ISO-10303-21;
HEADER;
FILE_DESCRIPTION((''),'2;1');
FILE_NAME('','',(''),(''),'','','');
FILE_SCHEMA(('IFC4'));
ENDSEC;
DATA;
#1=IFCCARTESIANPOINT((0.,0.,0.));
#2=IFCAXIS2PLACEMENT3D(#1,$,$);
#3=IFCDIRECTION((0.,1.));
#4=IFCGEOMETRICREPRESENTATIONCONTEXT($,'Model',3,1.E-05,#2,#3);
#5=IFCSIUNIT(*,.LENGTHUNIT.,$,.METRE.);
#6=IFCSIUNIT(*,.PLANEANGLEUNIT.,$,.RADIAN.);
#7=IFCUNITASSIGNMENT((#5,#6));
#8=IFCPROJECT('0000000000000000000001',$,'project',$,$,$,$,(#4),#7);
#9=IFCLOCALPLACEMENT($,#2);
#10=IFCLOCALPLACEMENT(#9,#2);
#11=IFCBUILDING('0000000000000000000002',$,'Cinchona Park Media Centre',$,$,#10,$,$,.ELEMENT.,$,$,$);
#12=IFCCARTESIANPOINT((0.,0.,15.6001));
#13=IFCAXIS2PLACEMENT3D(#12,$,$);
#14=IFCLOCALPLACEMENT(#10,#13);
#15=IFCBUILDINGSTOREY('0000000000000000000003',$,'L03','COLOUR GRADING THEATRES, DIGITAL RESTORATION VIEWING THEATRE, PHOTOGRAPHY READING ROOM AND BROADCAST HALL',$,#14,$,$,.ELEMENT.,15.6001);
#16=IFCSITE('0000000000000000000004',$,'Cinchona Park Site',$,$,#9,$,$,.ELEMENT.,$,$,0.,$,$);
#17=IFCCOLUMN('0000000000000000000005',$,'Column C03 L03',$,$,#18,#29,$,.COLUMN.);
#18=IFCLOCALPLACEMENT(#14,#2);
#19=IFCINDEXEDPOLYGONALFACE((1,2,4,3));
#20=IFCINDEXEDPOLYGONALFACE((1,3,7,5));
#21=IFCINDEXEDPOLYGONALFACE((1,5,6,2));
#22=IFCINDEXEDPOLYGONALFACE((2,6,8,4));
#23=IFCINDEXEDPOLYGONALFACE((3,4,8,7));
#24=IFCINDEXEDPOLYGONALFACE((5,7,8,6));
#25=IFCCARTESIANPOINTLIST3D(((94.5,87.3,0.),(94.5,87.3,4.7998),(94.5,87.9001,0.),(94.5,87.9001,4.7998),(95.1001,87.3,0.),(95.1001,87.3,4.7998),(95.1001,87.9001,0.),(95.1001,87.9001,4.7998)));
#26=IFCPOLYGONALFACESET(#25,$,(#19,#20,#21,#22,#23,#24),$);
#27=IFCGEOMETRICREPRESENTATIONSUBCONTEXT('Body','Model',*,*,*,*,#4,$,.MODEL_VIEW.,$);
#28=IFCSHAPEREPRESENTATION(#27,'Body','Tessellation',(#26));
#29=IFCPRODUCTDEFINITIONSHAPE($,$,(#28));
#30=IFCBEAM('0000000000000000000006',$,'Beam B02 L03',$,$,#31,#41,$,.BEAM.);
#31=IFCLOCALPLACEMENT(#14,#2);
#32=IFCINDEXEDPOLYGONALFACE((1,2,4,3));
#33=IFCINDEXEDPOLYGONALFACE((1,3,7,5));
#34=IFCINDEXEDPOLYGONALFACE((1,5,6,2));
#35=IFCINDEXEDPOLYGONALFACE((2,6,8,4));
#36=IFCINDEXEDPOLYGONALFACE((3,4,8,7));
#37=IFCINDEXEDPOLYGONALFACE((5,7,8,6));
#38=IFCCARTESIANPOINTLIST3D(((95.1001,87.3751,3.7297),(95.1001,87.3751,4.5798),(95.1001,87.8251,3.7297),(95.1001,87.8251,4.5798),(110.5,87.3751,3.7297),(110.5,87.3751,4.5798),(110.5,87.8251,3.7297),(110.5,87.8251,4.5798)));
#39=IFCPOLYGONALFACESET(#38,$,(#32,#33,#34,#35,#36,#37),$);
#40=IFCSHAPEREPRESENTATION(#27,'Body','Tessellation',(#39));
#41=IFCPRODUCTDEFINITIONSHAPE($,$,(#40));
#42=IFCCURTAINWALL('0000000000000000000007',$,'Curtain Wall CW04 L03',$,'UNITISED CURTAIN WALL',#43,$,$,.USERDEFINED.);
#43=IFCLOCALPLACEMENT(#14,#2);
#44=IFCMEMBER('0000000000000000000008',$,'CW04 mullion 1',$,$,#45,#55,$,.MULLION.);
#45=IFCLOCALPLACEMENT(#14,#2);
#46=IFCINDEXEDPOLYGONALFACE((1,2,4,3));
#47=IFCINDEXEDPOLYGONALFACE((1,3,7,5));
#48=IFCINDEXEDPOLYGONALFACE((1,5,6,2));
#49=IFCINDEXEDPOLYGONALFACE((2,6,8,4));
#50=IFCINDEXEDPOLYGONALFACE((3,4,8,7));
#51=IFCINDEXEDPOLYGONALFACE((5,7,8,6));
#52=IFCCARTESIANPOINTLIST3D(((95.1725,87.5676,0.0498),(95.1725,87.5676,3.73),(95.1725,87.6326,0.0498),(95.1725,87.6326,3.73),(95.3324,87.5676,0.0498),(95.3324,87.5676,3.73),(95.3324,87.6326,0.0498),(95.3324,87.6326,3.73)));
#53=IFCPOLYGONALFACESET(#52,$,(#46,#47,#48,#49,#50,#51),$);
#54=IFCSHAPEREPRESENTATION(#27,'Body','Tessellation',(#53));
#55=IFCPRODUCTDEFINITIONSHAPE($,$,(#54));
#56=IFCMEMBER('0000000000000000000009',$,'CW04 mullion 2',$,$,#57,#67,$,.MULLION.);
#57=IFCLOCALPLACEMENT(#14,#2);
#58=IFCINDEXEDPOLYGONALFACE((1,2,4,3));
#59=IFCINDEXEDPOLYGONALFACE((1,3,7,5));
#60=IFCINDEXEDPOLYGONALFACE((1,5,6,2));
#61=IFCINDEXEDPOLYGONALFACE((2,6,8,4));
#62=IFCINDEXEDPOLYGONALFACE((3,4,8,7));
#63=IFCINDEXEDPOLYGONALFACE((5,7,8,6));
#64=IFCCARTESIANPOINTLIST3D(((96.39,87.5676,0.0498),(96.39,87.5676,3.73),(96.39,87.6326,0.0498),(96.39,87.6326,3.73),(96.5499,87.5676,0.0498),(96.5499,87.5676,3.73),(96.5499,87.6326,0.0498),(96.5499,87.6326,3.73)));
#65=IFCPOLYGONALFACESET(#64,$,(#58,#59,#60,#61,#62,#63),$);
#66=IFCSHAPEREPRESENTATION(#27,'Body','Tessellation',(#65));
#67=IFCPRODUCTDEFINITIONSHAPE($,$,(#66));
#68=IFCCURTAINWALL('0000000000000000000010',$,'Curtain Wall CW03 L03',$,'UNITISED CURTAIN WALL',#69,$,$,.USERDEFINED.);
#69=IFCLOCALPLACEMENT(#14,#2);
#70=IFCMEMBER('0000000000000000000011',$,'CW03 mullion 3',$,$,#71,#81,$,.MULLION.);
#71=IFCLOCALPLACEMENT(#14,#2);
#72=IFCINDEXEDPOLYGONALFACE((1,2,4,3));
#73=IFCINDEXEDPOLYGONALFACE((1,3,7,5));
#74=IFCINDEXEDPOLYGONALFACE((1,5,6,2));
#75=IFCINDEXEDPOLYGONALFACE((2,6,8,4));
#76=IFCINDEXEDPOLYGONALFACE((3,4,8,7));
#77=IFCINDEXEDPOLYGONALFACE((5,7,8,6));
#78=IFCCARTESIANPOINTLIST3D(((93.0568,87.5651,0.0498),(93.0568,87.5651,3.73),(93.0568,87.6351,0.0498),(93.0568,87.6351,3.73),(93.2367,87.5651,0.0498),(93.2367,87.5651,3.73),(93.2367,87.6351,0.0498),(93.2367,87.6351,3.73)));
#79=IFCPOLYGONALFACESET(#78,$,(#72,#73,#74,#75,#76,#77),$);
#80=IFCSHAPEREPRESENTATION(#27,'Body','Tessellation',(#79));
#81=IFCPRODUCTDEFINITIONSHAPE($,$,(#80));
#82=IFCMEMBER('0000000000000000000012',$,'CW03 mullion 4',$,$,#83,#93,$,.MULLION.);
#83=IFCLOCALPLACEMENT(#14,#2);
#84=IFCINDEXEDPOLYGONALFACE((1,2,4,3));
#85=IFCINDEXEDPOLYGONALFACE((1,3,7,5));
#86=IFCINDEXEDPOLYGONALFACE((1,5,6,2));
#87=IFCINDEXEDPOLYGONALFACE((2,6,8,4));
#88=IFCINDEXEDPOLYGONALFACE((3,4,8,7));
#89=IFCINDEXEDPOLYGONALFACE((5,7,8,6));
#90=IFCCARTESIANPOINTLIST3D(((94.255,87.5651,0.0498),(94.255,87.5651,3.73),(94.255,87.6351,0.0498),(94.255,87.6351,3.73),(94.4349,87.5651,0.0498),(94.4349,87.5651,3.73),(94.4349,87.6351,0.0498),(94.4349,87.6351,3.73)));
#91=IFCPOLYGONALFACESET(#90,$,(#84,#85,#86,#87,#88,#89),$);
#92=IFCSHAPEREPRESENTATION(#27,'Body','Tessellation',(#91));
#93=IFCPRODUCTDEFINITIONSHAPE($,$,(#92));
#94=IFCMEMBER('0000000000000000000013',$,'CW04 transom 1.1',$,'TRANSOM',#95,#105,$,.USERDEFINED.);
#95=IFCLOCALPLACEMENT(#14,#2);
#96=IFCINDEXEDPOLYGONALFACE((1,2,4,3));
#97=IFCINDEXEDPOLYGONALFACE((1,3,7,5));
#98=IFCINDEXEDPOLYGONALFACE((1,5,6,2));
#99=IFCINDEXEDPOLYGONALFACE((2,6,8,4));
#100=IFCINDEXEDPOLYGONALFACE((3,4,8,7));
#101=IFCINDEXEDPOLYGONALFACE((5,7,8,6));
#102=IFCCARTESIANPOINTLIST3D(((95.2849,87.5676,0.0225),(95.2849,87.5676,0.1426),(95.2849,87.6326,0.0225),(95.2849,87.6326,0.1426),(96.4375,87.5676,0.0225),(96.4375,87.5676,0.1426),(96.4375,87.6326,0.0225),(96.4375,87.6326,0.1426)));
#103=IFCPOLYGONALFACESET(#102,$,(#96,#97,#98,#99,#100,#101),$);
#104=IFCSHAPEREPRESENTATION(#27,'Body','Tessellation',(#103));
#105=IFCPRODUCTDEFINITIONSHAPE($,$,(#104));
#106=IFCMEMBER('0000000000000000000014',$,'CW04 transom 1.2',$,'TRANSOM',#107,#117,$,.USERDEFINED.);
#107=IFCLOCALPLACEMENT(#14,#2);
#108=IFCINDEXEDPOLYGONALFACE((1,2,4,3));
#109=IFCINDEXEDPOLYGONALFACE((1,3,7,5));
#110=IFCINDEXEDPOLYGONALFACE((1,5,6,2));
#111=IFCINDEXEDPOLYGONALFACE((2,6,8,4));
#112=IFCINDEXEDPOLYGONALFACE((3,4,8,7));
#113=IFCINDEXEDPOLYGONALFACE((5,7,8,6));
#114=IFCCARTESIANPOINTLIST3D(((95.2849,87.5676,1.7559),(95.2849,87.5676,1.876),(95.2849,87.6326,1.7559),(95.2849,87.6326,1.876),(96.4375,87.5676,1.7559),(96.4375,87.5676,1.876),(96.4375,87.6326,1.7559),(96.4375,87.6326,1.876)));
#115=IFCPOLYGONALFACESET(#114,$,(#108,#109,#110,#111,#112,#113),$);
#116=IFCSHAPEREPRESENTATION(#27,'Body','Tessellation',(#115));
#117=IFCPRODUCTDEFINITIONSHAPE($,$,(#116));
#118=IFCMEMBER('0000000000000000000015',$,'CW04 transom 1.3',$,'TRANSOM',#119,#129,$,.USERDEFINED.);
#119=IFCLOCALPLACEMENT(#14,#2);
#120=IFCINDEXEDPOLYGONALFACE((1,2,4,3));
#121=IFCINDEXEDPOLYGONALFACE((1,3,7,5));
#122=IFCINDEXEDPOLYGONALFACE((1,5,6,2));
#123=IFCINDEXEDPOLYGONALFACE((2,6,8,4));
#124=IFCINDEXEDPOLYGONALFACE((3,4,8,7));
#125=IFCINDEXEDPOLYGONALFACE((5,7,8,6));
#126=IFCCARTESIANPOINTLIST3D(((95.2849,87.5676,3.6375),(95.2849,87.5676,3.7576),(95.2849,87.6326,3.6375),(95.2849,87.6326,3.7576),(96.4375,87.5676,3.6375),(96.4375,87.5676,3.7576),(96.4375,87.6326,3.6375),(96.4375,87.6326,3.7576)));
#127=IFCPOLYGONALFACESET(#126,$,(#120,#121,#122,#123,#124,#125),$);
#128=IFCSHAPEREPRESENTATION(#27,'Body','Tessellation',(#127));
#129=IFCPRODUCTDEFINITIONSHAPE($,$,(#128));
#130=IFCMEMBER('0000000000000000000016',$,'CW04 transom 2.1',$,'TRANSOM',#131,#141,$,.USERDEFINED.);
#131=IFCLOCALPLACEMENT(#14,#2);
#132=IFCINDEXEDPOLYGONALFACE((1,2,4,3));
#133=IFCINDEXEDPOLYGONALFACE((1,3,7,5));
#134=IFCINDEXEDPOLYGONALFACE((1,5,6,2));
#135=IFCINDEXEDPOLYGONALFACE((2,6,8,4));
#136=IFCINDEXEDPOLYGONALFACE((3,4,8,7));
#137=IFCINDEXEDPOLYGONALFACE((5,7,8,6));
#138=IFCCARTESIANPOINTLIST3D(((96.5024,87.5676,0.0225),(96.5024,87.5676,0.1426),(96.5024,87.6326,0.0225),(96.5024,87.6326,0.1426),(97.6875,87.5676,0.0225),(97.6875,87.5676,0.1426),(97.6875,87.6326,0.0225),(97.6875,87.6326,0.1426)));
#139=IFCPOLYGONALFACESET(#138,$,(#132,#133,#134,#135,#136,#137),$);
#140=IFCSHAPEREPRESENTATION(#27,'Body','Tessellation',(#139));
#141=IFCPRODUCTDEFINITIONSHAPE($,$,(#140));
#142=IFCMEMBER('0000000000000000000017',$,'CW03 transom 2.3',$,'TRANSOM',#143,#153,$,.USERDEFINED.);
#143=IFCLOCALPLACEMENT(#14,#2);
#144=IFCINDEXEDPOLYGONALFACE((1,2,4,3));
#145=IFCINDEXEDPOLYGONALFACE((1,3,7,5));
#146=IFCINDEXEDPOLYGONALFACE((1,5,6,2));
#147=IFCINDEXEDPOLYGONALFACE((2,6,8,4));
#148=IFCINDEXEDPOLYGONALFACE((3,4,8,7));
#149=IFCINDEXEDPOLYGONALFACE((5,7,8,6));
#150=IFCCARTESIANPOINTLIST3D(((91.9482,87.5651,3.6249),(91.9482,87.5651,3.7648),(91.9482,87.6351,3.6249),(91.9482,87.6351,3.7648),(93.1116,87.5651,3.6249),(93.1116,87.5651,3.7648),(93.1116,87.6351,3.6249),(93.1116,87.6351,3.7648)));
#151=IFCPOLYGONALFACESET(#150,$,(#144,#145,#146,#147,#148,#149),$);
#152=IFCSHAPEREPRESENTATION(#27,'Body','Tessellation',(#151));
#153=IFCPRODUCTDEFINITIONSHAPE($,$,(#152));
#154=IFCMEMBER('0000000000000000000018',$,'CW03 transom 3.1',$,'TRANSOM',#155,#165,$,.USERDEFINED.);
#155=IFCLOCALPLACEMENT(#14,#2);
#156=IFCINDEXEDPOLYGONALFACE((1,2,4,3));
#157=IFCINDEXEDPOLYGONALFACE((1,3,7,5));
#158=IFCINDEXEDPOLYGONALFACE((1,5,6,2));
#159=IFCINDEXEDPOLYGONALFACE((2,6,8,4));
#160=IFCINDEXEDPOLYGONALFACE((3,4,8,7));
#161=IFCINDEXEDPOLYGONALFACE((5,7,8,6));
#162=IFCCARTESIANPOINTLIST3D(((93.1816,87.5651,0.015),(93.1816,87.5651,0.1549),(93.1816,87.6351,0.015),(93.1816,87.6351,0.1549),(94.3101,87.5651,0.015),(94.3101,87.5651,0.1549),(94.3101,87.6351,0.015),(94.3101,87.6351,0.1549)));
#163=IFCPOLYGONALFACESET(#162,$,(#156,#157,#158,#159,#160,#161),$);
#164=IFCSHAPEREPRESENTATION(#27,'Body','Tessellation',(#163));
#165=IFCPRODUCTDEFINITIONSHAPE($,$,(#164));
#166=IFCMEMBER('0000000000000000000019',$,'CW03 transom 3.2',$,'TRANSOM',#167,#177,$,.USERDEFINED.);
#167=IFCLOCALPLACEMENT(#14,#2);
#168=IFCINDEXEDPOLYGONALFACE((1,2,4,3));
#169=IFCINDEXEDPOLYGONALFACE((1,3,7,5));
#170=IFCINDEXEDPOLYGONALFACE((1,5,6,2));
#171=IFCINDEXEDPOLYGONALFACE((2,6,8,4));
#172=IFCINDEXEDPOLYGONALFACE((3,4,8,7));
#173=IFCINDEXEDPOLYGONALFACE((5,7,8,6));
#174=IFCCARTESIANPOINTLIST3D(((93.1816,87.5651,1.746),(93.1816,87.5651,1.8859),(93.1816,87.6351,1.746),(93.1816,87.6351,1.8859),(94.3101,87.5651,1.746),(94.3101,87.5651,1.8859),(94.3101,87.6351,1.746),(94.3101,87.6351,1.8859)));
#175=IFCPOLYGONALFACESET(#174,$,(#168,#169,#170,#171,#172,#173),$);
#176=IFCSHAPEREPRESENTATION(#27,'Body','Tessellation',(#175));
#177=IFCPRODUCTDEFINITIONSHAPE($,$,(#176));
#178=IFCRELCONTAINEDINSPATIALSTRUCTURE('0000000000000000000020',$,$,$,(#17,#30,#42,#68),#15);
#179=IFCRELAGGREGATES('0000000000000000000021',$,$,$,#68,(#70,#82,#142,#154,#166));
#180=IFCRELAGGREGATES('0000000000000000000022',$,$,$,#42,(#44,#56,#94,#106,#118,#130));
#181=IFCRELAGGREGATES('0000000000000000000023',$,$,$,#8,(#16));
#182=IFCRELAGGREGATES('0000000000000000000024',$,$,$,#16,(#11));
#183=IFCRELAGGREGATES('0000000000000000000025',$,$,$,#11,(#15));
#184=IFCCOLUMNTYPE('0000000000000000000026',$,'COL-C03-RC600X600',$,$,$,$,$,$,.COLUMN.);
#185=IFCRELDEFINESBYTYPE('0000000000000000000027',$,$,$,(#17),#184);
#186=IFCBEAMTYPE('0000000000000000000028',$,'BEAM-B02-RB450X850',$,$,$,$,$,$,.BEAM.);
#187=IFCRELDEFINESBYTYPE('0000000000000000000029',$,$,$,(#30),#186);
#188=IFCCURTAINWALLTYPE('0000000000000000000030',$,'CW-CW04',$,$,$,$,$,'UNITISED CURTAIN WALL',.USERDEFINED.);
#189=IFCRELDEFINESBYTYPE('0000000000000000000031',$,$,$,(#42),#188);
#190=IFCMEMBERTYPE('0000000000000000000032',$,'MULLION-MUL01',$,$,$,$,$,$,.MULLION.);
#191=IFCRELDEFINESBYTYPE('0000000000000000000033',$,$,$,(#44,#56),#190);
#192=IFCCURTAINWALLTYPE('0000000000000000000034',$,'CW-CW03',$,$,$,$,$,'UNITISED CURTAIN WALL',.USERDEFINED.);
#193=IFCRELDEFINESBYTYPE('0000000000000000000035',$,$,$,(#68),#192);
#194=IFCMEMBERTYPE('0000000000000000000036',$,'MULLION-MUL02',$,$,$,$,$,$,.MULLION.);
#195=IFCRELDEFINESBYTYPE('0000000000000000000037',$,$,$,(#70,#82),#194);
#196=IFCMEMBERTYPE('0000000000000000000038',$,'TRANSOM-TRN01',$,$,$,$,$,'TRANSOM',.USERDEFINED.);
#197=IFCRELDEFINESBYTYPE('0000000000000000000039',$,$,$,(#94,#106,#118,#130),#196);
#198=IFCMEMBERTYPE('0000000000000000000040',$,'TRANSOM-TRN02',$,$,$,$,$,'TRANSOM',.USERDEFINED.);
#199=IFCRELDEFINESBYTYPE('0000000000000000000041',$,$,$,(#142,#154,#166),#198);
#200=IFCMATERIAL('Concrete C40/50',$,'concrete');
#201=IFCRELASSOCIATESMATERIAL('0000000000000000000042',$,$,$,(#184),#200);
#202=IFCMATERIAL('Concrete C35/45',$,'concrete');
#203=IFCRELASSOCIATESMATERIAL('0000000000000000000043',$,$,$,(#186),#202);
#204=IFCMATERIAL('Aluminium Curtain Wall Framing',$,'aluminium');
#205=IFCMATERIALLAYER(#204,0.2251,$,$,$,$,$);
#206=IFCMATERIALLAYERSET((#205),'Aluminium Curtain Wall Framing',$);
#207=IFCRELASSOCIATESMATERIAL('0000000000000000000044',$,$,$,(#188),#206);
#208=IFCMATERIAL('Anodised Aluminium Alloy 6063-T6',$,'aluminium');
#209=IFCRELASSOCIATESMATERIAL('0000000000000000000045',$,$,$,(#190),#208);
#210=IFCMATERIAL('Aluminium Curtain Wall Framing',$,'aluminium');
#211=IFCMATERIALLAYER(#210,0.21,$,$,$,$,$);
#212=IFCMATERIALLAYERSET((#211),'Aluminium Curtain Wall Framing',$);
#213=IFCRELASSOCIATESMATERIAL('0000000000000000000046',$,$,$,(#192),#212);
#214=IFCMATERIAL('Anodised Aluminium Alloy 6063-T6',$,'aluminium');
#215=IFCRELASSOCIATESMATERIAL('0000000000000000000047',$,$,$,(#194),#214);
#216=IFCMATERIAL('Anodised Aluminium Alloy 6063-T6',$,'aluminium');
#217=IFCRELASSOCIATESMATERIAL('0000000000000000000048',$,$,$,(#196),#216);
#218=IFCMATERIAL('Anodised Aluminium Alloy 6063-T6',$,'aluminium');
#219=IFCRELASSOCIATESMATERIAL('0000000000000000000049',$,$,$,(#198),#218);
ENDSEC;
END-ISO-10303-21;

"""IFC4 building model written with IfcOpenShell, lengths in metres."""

from ifc_helpers import new_model, si_unit, direction, frame, origin, origin_2d, place, context, subcontext, project, spatial, rectangle, extrude, material, layer, layer_set, material_profile, profile_set, type_object, element, aggregate, save


model = new_model("IFC4")

# Units and contexts
model_context = context("Model", 3, precision=1e-05, world=origin(), true_north=direction((0.0, 1.0)))
body_context = subcontext(model_context, "Body", "Model", "MODEL_VIEW")
ifc_project = project(units=[si_unit("LENGTHUNIT", "METRE"), si_unit("PLANEANGLEUNIT", "RADIAN")], contexts=[model_context])

# Site, building, storey
site_placement = place(None, origin())
site = spatial("IfcSite", under=ifc_project, at=site_placement, Name="Cinchona Park Site", CompositionType="ELEMENT", RefElevation=0.0)
building_placement = place(site_placement, origin())
building = spatial("IfcBuilding", under=site, at=building_placement, Name="Cinchona Park Media Centre", CompositionType="ELEMENT")
storey_placement = place(building_placement, frame((0.0, 0.0, 15.6001)))
storey = spatial("IfcBuildingStorey", under=building, at=storey_placement, Name="L03", Description="COLOUR GRADING THEATRES, DIGITAL RESTORATION VIEWING THEATRE, PHOTOGRAPHY READING ROOM AND BROADCAST HALL", CompositionType="ELEMENT", Elevation=15.6001)

# Column
ifc_material_1 = material(Name="Concrete C40/50", Category="concrete")
ifc_material_profile_1 = material_profile(ifc_material_1, rectangle(XDim=0.6001, YDim=0.6001, at=origin_2d()), Name="RC 600X600")
ifc_profile_set_1 = profile_set([ifc_material_profile_1], Name="Concrete C40/50")
column_type = type_object("IfcColumnType", Name="COL-C03-RC600X600", PredefinedType="COLUMN", material=ifc_profile_set_1)
column_placement = place(storey_placement, frame((94.8, 87.6001, 0.0), z_axis=(0.0, 0.0, 1.0), x_axis=(1.0, 0.0, 0.0)))
element("IfcColumn", 1, at=column_placement, inside=storey, type_object=column_type, Name="Column C03 L03", PredefinedType="COLUMN", context=body_context, shape_type="SweptSolid", body=[
    extrude(rectangle(XDim=0.6001, YDim=0.6001, at=origin_2d()), origin(), (0.0, 0.0, 1.0), 4.7998),
])

# Beam
ifc_material_2 = material(Name="Concrete C35/45", Category="concrete")
ifc_material_profile_2 = material_profile(ifc_material_2, rectangle(XDim=0.45, YDim=0.8501, at=origin_2d()), Name="RB 450X850")
ifc_profile_set_2 = profile_set([ifc_material_profile_2], Name="Concrete C35/45")
beam_type = type_object("IfcBeamType", Name="BEAM-B02-RB450X850", PredefinedType="BEAM", material=ifc_profile_set_2)
beam_placement = place(storey_placement, frame((95.1001, 87.6001, 4.1548), z_axis=(1.0, 0.0, 0.0), x_axis=(0.0, 1.0, 0.0)))
element("IfcBeam", 2, at=beam_placement, inside=storey, type_object=beam_type, Name="Beam B02 L03", PredefinedType="BEAM", context=body_context, shape_type="SweptSolid", body=[
    extrude(rectangle(XDim=0.45, YDim=0.8501, at=origin_2d()), origin(), (0.0, 0.0, 1.0), 15.3999),
])

# Curtain walls, members
ifc_material_3 = material(Name="Aluminium Curtain Wall Framing", Category="aluminium")
ifc_layer_1 = layer(ifc_material_3, 0.2251)
ifc_layer_set_1 = layer_set([ifc_layer_1], Name="Aluminium Curtain Wall Framing")
curtain_wall_type_1 = type_object("IfcCurtainWallType", Name="CW-CW04", ElementType="UNITISED CURTAIN WALL", PredefinedType="USERDEFINED", material=ifc_layer_set_1)
curtain_wall_1_placement = place(storey_placement, origin())
curtain_wall_1 = element("IfcCurtainWall", 3, at=curtain_wall_1_placement, inside=storey, type_object=curtain_wall_type_1, Name="Curtain Wall CW04 L03", ObjectType="UNITISED CURTAIN WALL", PredefinedType="USERDEFINED")
ifc_material_4 = material(Name="Anodised Aluminium Alloy 6063-T6", Category="aluminium")
ifc_material_profile_3 = material_profile(ifc_material_4, rectangle(XDim=0.0649, YDim=0.1599, at=origin_2d()), Name="MUL-65X160")
ifc_profile_set_3 = profile_set([ifc_material_profile_3], Name="Anodised Aluminium Alloy 6063-T6")
member_type_1 = type_object("IfcMemberType", Name="MULLION-MUL01", PredefinedType="MULLION", material=ifc_profile_set_3)
member_1_placement = place(storey_placement, frame((95.2524, 87.6001, 0.0498), z_axis=(0.0, 0.0, 1.0), x_axis=(0.0, 1.0, 0.0)))
member_1 = element("IfcMember", 4, at=member_1_placement, type_object=member_type_1, Name="CW04 mullion 1", PredefinedType="MULLION", context=body_context, shape_type="SweptSolid", body=[
    extrude(rectangle(XDim=0.0649, YDim=0.1599, at=origin_2d()), origin(), (0.0, 0.0, 1.0), 3.6802),
])
member_2_placement = place(storey_placement, frame((96.47, 87.6001, 0.0498), z_axis=(0.0, 0.0, 1.0), x_axis=(0.0, 1.0, 0.0)))
member_2 = element("IfcMember", 5, at=member_2_placement, type_object=member_type_1, Name="CW04 mullion 2", PredefinedType="MULLION", context=body_context, shape_type="SweptSolid", body=[
    extrude(rectangle(XDim=0.0649, YDim=0.1599, at=origin_2d()), origin(), (0.0, 0.0, 1.0), 3.6802),
])
ifc_material_5 = material(Name="Aluminium Curtain Wall Framing", Category="aluminium")
ifc_layer_2 = layer(ifc_material_5, 0.21)
ifc_layer_set_2 = layer_set([ifc_layer_2], Name="Aluminium Curtain Wall Framing")
curtain_wall_type_2 = type_object("IfcCurtainWallType", Name="CW-CW03", ElementType="UNITISED CURTAIN WALL", PredefinedType="USERDEFINED", material=ifc_layer_set_2)
curtain_wall_2_placement = place(storey_placement, origin())
curtain_wall_2 = element("IfcCurtainWall", 6, at=curtain_wall_2_placement, inside=storey, type_object=curtain_wall_type_2, Name="Curtain Wall CW03 L03", ObjectType="UNITISED CURTAIN WALL", PredefinedType="USERDEFINED")
ifc_material_6 = material(Name="Anodised Aluminium Alloy 6063-T6", Category="aluminium")
ifc_material_profile_4 = material_profile(ifc_material_6, rectangle(XDim=0.0701, YDim=0.1799, at=origin_2d()), Name="MUL-70X180")
ifc_profile_set_4 = profile_set([ifc_material_profile_4], Name="Anodised Aluminium Alloy 6063-T6")
member_type_2 = type_object("IfcMemberType", Name="MULLION-MUL02", PredefinedType="MULLION", material=ifc_profile_set_4)
member_3_placement = place(storey_placement, frame((93.1467, 87.6001, 0.0498), z_axis=(0.0, 0.0, 1.0), x_axis=(0.0, 1.0, 0.0)))
member_3 = element("IfcMember", 7, at=member_3_placement, type_object=member_type_2, Name="CW03 mullion 3", PredefinedType="MULLION", context=body_context, shape_type="SweptSolid", body=[
    extrude(rectangle(XDim=0.0701, YDim=0.1799, at=origin_2d()), origin(), (0.0, 0.0, 1.0), 3.6802),
])
member_4_placement = place(storey_placement, frame((94.345, 87.6001, 0.0498), z_axis=(0.0, 0.0, 1.0), x_axis=(0.0, 1.0, 0.0)))
member_4 = element("IfcMember", 8, at=member_4_placement, type_object=member_type_2, Name="CW03 mullion 4", PredefinedType="MULLION", context=body_context, shape_type="SweptSolid", body=[
    extrude(rectangle(XDim=0.0701, YDim=0.1799, at=origin_2d()), origin(), (0.0, 0.0, 1.0), 3.6802),
])

# Members
ifc_material_7 = material(Name="Anodised Aluminium Alloy 6063-T6", Category="aluminium")
ifc_material_profile_5 = material_profile(ifc_material_7, rectangle(XDim=0.0649, YDim=0.1201, at=origin_2d()), Name="TRN-65X120")
ifc_profile_set_5 = profile_set([ifc_material_profile_5], Name="Anodised Aluminium Alloy 6063-T6")
member_type_3 = type_object("IfcMemberType", Name="TRANSOM-TRN01", ElementType="TRANSOM", PredefinedType="USERDEFINED", material=ifc_profile_set_5)
member_5_placement = place(storey_placement, frame((95.2849, 87.6001, 0.0825), z_axis=(1.0, 0.0, 0.0), x_axis=(0.0, 1.0, 0.0)))
member_5 = element("IfcMember", 9, at=member_5_placement, type_object=member_type_3, Name="CW04 transom 1.1", ObjectType="TRANSOM", PredefinedType="USERDEFINED", context=body_context, shape_type="SweptSolid", body=[
    extrude(rectangle(XDim=0.0649, YDim=0.1201, at=origin_2d()), origin(), (0.0, 0.0, 1.0), 1.1526),
])
member_6_placement = place(storey_placement, frame((95.2849, 87.6001, 1.8159), z_axis=(1.0, 0.0, 0.0), x_axis=(0.0, 1.0, 0.0)))
member_6 = element("IfcMember", 10, at=member_6_placement, type_object=member_type_3, Name="CW04 transom 1.2", ObjectType="TRANSOM", PredefinedType="USERDEFINED", context=body_context, shape_type="SweptSolid", body=[
    extrude(rectangle(XDim=0.0649, YDim=0.1201, at=origin_2d()), origin(), (0.0, 0.0, 1.0), 1.1526),
])
member_7_placement = place(storey_placement, frame((95.2849, 87.6001, 3.6975), z_axis=(1.0, 0.0, 0.0), x_axis=(0.0, 1.0, 0.0)))
member_7 = element("IfcMember", 11, at=member_7_placement, type_object=member_type_3, Name="CW04 transom 1.3", ObjectType="TRANSOM", PredefinedType="USERDEFINED", context=body_context, shape_type="SweptSolid", body=[
    extrude(rectangle(XDim=0.0649, YDim=0.1201, at=origin_2d()), origin(), (0.0, 0.0, 1.0), 1.1526),
])
member_8_placement = place(storey_placement, frame((96.5024, 87.6001, 0.0825), z_axis=(1.0, 0.0, 0.0), x_axis=(0.0, 1.0, 0.0)))
member_8 = element("IfcMember", 12, at=member_8_placement, type_object=member_type_3, Name="CW04 transom 2.1", ObjectType="TRANSOM", PredefinedType="USERDEFINED", context=body_context, shape_type="SweptSolid", body=[
    extrude(rectangle(XDim=0.0649, YDim=0.1201, at=origin_2d()), origin(), (0.0, 0.0, 1.0), 1.1851),
])
ifc_material_8 = material(Name="Anodised Aluminium Alloy 6063-T6", Category="aluminium")
ifc_material_profile_6 = material_profile(ifc_material_8, rectangle(XDim=0.0701, YDim=0.1399, at=origin_2d()), Name="TRN-70X140")
ifc_profile_set_6 = profile_set([ifc_material_profile_6], Name="Anodised Aluminium Alloy 6063-T6")
member_type_4 = type_object("IfcMemberType", Name="TRANSOM-TRN02", ElementType="TRANSOM", PredefinedType="USERDEFINED", material=ifc_profile_set_6)
member_9_placement = place(storey_placement, frame((91.9482, 87.6001, 3.6948), z_axis=(1.0, 0.0, 0.0), x_axis=(0.0, 1.0, 0.0)))
member_9 = element("IfcMember", 13, at=member_9_placement, type_object=member_type_4, Name="CW03 transom 2.3", ObjectType="TRANSOM", PredefinedType="USERDEFINED", context=body_context, shape_type="SweptSolid", body=[
    extrude(rectangle(XDim=0.0701, YDim=0.1399, at=origin_2d()), origin(), (0.0, 0.0, 1.0), 1.1633),
])
member_10_placement = place(storey_placement, frame((93.1816, 87.6001, 0.085), z_axis=(1.0, 0.0, 0.0), x_axis=(0.0, 1.0, 0.0)))
member_10 = element("IfcMember", 14, at=member_10_placement, type_object=member_type_4, Name="CW03 transom 3.1", ObjectType="TRANSOM", PredefinedType="USERDEFINED", context=body_context, shape_type="SweptSolid", body=[
    extrude(rectangle(XDim=0.0701, YDim=0.1399, at=origin_2d()), origin(), (0.0, 0.0, 1.0), 1.1284),
])
member_11_placement = place(storey_placement, frame((93.1816, 87.6001, 1.8159), z_axis=(1.0, 0.0, 0.0), x_axis=(0.0, 1.0, 0.0)))
member_11 = element("IfcMember", 15, at=member_11_placement, type_object=member_type_4, Name="CW03 transom 3.2", ObjectType="TRANSOM", PredefinedType="USERDEFINED", context=body_context, shape_type="SweptSolid", body=[
    extrude(rectangle(XDim=0.0701, YDim=0.1399, at=origin_2d()), origin(), (0.0, 0.0, 1.0), 1.1284),
])

aggregate(curtain_wall_2, [member_3, member_4, member_9, member_10, member_11])
aggregate(curtain_wall_1, [member_1, member_2, member_5, member_6, member_7, member_8])

save(model, "model.ifc")
